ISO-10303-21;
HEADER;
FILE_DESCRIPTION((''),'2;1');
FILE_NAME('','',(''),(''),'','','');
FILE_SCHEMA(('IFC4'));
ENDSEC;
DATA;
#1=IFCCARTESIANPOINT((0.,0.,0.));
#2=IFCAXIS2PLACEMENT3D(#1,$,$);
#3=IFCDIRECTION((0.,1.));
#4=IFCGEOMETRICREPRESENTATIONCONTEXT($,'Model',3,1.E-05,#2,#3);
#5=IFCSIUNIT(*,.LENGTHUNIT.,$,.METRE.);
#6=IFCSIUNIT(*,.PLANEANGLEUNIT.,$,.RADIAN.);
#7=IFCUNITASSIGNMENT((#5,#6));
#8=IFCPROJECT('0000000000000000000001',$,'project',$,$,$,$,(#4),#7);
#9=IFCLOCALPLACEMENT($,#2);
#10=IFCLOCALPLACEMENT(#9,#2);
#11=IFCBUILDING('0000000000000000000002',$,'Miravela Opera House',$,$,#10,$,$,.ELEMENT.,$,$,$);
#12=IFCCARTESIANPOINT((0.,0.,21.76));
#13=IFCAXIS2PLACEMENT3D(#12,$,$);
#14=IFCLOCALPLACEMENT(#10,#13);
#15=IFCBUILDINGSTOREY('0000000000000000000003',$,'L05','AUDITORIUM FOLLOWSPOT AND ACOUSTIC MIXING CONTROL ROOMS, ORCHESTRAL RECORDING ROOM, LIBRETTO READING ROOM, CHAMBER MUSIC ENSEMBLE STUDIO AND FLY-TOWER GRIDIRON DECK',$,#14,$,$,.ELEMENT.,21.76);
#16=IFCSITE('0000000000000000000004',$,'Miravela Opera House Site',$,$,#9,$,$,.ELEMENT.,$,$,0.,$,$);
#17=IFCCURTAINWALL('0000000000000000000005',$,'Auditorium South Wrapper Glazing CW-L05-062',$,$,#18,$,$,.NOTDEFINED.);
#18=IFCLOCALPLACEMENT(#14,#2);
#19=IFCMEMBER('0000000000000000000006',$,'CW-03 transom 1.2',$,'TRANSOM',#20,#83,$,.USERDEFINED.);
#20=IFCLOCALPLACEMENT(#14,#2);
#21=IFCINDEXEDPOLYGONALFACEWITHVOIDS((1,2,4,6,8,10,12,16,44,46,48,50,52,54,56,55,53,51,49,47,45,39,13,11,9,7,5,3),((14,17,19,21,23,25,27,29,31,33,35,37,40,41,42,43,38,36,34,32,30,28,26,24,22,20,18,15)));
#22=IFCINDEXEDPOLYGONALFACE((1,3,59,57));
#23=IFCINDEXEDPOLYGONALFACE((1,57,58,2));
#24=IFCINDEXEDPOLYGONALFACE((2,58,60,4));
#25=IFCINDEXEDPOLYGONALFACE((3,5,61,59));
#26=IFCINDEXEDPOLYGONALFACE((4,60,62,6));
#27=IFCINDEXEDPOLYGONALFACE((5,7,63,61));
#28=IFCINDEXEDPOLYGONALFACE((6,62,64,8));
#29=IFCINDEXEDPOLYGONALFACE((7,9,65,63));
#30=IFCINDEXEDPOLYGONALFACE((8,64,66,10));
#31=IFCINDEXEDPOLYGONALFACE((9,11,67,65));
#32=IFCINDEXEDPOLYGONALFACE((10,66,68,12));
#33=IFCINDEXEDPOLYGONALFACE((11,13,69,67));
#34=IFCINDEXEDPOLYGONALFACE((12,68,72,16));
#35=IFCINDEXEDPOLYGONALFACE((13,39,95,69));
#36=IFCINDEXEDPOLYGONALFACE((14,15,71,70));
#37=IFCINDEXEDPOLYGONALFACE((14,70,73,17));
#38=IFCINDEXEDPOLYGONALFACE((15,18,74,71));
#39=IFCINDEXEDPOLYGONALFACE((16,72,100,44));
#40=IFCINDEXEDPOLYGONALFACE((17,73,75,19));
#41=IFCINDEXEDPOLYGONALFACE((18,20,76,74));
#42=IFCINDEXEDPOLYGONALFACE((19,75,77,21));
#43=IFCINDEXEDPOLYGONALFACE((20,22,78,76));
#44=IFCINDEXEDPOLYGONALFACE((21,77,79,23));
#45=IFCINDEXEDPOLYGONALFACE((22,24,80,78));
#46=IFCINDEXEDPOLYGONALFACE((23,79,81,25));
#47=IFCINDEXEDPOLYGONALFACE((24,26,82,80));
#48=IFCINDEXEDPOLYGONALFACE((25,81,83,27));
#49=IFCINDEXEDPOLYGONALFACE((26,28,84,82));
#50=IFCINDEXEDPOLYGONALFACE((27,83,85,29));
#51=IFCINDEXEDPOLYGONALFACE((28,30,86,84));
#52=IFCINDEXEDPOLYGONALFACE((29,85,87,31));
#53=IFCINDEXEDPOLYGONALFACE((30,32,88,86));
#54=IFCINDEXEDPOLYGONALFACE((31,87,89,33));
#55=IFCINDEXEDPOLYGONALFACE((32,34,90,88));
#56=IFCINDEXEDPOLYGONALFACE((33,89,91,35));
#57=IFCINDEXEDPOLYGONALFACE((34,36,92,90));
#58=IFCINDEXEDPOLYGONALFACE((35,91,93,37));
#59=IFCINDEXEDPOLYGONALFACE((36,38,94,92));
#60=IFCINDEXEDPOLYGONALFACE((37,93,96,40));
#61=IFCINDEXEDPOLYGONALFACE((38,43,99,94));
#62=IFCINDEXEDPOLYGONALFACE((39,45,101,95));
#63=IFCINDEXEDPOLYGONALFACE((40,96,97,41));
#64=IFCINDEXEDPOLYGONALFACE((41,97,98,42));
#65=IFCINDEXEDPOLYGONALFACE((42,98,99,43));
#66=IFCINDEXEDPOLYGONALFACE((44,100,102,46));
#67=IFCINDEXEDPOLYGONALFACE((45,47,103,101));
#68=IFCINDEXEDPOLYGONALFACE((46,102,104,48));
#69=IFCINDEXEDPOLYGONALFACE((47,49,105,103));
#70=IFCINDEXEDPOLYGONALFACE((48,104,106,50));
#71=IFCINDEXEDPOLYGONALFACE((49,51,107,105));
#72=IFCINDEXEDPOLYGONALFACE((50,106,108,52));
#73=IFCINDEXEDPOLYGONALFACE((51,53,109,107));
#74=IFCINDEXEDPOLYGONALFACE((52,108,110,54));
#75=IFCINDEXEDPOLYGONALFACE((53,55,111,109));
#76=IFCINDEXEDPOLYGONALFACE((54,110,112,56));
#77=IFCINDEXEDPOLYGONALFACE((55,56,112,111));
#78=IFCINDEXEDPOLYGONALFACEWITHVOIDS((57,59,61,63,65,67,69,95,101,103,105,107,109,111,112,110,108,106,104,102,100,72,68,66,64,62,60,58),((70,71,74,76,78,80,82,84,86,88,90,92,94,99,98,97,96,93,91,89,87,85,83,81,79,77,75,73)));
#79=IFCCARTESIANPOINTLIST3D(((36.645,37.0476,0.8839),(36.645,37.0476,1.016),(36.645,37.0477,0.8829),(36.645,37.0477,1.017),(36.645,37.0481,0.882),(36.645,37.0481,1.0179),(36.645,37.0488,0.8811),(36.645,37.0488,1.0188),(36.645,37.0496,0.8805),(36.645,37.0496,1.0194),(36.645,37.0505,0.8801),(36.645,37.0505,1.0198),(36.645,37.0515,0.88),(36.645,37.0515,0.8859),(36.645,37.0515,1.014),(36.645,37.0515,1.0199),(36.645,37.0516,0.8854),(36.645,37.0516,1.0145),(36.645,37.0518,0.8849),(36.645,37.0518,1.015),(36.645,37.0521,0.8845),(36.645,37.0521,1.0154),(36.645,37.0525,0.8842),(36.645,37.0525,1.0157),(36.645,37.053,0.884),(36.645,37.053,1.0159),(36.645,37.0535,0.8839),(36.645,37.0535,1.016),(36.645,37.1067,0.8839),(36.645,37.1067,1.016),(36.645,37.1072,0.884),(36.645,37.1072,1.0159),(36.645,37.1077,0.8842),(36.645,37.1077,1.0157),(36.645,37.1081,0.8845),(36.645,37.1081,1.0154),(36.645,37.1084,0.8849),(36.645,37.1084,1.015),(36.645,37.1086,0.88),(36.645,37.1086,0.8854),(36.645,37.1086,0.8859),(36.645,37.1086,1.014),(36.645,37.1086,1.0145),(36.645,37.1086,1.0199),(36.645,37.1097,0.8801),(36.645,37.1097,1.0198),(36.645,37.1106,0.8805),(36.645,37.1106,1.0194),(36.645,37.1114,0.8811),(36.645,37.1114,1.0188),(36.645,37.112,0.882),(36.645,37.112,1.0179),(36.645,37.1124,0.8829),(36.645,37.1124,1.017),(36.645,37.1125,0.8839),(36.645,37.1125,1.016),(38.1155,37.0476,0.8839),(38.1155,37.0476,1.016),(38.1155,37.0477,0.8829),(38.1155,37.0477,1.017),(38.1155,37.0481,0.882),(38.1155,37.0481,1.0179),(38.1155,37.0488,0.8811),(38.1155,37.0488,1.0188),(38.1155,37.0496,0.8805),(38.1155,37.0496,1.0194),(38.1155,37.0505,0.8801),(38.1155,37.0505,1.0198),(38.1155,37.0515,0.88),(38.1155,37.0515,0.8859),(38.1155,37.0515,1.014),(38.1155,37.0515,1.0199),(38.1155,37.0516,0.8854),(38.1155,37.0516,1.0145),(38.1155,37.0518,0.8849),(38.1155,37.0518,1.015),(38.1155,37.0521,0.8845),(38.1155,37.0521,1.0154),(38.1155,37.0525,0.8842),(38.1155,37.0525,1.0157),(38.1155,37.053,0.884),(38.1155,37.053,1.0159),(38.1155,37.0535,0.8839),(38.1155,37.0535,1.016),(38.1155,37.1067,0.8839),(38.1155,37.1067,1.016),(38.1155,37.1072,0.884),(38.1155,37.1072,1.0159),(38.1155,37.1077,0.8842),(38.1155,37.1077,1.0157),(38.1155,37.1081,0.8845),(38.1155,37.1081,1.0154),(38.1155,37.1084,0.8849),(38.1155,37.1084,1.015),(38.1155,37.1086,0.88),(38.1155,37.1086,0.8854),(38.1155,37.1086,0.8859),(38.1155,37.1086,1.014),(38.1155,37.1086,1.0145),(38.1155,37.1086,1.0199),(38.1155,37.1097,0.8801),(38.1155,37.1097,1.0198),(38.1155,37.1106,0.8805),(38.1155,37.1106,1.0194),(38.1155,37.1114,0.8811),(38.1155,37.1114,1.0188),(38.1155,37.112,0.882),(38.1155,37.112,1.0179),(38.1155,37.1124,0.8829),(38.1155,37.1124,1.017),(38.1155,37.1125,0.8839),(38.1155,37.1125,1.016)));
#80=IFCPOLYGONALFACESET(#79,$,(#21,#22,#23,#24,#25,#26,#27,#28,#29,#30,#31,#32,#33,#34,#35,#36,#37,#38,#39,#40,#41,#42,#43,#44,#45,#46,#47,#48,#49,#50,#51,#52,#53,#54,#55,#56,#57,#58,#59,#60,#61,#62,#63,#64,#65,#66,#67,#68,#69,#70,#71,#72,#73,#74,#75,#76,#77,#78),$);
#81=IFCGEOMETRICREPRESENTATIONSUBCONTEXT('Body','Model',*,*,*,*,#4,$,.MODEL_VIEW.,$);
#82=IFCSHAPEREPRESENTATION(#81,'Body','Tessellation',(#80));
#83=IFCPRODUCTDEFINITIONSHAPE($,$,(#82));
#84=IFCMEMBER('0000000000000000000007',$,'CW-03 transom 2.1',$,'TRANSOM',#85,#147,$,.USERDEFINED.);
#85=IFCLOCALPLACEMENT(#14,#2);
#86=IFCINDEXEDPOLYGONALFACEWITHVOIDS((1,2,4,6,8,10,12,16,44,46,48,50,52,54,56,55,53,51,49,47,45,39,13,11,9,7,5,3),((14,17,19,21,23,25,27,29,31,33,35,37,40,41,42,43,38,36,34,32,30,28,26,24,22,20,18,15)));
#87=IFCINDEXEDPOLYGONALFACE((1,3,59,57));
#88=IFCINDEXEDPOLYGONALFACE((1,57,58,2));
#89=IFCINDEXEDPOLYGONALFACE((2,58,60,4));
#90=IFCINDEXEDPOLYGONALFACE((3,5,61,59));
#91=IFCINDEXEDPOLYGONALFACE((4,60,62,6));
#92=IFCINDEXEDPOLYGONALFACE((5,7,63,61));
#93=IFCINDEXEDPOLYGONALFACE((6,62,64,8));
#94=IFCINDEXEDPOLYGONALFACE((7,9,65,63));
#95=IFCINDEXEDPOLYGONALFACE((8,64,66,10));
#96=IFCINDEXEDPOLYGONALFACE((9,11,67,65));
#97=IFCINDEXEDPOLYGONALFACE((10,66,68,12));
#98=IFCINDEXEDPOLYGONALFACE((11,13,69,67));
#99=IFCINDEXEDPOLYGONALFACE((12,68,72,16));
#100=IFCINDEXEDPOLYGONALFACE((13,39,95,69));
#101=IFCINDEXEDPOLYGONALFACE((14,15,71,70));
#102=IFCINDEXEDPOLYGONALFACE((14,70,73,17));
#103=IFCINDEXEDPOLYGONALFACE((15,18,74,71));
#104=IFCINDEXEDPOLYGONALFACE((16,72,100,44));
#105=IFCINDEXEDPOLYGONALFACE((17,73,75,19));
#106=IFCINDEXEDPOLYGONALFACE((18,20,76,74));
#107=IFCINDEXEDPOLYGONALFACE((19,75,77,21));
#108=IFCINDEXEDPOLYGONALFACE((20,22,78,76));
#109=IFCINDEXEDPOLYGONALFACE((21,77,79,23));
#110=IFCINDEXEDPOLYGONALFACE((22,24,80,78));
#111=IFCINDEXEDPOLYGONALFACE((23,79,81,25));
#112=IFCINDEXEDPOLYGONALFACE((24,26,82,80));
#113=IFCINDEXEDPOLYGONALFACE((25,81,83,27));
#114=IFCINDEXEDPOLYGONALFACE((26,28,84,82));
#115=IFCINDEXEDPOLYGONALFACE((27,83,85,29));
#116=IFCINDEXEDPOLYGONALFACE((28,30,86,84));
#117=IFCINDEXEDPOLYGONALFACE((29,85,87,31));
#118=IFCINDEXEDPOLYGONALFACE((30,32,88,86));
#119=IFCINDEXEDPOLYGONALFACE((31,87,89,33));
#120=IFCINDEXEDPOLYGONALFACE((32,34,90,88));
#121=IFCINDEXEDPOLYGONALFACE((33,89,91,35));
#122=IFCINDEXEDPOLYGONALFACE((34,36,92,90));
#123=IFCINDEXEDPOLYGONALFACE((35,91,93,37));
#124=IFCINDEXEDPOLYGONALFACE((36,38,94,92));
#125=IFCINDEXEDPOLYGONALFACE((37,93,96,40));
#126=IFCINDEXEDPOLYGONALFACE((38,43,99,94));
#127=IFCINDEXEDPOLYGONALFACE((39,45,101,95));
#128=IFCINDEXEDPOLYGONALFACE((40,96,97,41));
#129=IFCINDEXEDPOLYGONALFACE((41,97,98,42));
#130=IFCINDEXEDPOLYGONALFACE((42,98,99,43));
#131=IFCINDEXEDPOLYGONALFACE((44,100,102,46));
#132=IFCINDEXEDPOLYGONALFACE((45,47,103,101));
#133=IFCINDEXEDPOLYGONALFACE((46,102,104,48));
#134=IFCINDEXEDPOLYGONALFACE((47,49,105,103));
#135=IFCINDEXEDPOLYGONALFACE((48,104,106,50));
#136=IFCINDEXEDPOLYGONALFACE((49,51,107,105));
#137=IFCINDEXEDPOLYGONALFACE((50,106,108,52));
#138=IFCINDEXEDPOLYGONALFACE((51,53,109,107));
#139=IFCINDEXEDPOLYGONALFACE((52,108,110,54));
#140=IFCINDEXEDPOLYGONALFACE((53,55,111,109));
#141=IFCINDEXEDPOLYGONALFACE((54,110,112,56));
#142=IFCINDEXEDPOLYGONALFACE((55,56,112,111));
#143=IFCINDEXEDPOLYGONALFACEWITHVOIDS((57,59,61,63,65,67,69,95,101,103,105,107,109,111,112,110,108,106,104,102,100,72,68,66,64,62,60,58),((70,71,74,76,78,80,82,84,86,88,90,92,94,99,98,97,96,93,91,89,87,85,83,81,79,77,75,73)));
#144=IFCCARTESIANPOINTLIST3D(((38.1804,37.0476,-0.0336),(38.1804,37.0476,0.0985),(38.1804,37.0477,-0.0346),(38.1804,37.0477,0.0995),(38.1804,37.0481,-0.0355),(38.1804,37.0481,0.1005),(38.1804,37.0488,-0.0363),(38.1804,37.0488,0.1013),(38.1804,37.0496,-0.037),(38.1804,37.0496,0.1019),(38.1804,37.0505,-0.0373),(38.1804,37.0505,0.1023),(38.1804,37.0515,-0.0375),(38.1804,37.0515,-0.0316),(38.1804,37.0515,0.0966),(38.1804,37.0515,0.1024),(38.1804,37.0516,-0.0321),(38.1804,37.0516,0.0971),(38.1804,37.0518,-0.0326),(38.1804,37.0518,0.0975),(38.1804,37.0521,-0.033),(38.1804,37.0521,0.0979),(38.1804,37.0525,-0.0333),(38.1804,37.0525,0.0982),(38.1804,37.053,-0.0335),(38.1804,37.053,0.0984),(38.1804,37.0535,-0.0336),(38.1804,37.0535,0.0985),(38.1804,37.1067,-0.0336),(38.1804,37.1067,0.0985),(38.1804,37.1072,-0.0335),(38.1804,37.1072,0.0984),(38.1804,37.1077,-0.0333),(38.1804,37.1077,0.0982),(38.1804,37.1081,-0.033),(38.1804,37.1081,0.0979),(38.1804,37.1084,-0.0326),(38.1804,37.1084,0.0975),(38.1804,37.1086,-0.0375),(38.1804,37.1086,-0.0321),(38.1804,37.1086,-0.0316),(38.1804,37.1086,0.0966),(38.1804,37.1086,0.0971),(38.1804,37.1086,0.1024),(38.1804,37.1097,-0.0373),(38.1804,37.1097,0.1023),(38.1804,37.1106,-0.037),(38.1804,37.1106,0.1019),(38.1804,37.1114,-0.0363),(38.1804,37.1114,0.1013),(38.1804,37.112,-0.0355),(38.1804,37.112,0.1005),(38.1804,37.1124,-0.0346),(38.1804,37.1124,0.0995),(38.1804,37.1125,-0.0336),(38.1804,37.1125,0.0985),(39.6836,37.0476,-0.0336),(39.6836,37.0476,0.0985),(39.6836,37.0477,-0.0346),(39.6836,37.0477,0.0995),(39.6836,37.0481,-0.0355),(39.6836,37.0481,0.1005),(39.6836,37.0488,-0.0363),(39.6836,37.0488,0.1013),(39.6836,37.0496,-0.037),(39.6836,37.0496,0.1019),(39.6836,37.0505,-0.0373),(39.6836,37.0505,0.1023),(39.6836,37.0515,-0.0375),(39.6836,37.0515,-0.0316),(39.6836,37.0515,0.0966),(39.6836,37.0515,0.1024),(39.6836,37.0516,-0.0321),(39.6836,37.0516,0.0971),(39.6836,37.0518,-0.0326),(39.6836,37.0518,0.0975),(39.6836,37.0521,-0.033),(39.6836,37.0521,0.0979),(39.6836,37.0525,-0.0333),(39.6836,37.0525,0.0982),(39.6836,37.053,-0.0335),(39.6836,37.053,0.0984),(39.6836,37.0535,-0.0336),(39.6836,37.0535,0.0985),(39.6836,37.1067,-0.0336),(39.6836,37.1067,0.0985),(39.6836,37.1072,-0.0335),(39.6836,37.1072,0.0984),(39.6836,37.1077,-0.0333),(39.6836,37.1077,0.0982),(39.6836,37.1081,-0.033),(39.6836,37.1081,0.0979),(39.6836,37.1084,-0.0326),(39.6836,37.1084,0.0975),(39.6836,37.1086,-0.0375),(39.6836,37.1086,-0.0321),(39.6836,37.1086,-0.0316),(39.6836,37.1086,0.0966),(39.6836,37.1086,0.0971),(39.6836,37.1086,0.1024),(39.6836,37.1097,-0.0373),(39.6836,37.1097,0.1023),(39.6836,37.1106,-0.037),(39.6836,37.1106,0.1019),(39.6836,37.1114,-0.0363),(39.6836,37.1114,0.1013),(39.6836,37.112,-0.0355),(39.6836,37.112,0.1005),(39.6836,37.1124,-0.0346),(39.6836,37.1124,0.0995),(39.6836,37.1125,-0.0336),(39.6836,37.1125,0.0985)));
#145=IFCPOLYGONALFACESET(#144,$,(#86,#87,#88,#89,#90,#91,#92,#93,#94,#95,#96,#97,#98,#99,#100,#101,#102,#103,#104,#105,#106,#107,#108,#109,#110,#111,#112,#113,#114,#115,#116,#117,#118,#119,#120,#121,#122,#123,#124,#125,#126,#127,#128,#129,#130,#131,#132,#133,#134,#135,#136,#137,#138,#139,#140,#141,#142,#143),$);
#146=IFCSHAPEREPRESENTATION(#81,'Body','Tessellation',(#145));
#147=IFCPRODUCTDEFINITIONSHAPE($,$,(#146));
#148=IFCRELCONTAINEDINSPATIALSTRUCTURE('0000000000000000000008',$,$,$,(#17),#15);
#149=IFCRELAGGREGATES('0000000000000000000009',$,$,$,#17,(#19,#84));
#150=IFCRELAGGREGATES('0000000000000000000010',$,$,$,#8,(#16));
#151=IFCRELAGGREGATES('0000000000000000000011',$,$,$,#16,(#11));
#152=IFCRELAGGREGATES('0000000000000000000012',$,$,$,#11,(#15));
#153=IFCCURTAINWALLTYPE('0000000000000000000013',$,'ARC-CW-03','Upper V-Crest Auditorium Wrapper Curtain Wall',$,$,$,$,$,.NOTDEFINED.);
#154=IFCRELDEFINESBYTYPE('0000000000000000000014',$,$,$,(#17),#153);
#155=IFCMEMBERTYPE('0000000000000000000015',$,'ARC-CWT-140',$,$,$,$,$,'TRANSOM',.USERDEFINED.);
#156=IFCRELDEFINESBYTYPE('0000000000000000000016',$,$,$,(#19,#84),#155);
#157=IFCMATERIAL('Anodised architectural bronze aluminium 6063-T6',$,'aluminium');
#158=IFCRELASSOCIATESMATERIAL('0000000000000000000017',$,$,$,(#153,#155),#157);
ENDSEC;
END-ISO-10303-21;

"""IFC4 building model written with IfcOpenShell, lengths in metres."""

from ifc_helpers import new_model, si_unit, direction, frame, origin, origin_2d, place, context, subcontext, project, spatial, hollow_rectangle, extrude, material, material_profile, profile_set, type_object, element, aggregate, save


model = new_model("IFC4")

# Units and contexts
model_context = context("Model", 3, precision=1e-05, world=origin(), true_north=direction((0.0, 1.0)))
body_context = subcontext(model_context, "Body", "Model", "MODEL_VIEW")
ifc_project = project(units=[si_unit("LENGTHUNIT", "METRE"), si_unit("PLANEANGLEUNIT", "RADIAN")], contexts=[model_context])

# Site, building, storey
site_placement = place(None, origin())
site = spatial("IfcSite", under=ifc_project, at=site_placement, Name="Miravela Opera House Site", CompositionType="ELEMENT", RefElevation=0.0)
building_placement = place(site_placement, origin())
building = spatial("IfcBuilding", under=site, at=building_placement, Name="Miravela Opera House", CompositionType="ELEMENT")
storey_placement = place(building_placement, frame((0.0, 0.0, 21.76)))
storey = spatial("IfcBuildingStorey", under=building, at=storey_placement, Name="L05", Description="AUDITORIUM FOLLOWSPOT AND ACOUSTIC MIXING CONTROL ROOMS, ORCHESTRAL RECORDING ROOM, LIBRETTO READING ROOM, CHAMBER MUSIC ENSEMBLE STUDIO AND FLY-TOWER GRIDIRON DECK", CompositionType="ELEMENT", Elevation=21.76)

# Curtain wall, members
ifc_material_1 = material(Name="Anodised architectural bronze aluminium 6063-T6", Category="aluminium")
curtain_wall_type = type_object("IfcCurtainWallType", Name="ARC-CW-03", Description="Upper V-Crest Auditorium Wrapper Curtain Wall", PredefinedType="NOTDEFINED", material=ifc_material_1)
curtain_wall_placement = place(storey_placement, origin())
curtain_wall = element("IfcCurtainWall", 1, at=curtain_wall_placement, inside=storey, type_object=curtain_wall_type, Name="Auditorium South Wrapper Glazing CW-L05-062", PredefinedType="NOTDEFINED")
ifc_material_profile_1 = material_profile(ifc_material_1, hollow_rectangle(XDim=0.0649, YDim=0.1399, WallThickness=0.0039, InnerFilletRadius=0.002, OuterFilletRadius=0.0039, at=origin_2d()), Name="CWT-65X140")
ifc_profile_set_1 = profile_set([ifc_material_profile_1])
member_type_1 = type_object("IfcMemberType", Name="ARC-CWT-140", ElementType="TRANSOM", PredefinedType="USERDEFINED", material=ifc_profile_set_1)
member_1_placement = place(storey_placement, frame((36.645, 37.0801, 0.95), z_axis=(1.0, 0.0, 0.0), x_axis=(0.0, 1.0, 0.0)))
member_1 = element("IfcMember", 2, at=member_1_placement, type_object=member_type_1, Name="CW-03 transom 1.2", ObjectType="TRANSOM", PredefinedType="USERDEFINED", context=body_context, shape_type="SweptSolid", body=[
    extrude(hollow_rectangle(XDim=0.0649, YDim=0.1399, WallThickness=0.0039, InnerFilletRadius=0.002, OuterFilletRadius=0.0039, at=origin_2d()), origin(), (0.0, 0.0, 1.0), 1.4705),
])
member_2_placement = place(storey_placement, frame((38.1804, 37.0801, 0.0325), z_axis=(1.0, 0.0, 0.0), x_axis=(0.0, 1.0, 0.0)))
member_2 = element("IfcMember", 3, at=member_2_placement, type_object=member_type_1, Name="CW-03 transom 2.1", ObjectType="TRANSOM", PredefinedType="USERDEFINED", context=body_context, shape_type="SweptSolid", body=[
    extrude(hollow_rectangle(XDim=0.0649, YDim=0.1399, WallThickness=0.0039, InnerFilletRadius=0.002, OuterFilletRadius=0.0039, at=origin_2d()), origin(), (0.0, 0.0, 1.0), 1.5032),
])

aggregate(curtain_wall, [member_1, member_2])

save(model, "model.ifc")
